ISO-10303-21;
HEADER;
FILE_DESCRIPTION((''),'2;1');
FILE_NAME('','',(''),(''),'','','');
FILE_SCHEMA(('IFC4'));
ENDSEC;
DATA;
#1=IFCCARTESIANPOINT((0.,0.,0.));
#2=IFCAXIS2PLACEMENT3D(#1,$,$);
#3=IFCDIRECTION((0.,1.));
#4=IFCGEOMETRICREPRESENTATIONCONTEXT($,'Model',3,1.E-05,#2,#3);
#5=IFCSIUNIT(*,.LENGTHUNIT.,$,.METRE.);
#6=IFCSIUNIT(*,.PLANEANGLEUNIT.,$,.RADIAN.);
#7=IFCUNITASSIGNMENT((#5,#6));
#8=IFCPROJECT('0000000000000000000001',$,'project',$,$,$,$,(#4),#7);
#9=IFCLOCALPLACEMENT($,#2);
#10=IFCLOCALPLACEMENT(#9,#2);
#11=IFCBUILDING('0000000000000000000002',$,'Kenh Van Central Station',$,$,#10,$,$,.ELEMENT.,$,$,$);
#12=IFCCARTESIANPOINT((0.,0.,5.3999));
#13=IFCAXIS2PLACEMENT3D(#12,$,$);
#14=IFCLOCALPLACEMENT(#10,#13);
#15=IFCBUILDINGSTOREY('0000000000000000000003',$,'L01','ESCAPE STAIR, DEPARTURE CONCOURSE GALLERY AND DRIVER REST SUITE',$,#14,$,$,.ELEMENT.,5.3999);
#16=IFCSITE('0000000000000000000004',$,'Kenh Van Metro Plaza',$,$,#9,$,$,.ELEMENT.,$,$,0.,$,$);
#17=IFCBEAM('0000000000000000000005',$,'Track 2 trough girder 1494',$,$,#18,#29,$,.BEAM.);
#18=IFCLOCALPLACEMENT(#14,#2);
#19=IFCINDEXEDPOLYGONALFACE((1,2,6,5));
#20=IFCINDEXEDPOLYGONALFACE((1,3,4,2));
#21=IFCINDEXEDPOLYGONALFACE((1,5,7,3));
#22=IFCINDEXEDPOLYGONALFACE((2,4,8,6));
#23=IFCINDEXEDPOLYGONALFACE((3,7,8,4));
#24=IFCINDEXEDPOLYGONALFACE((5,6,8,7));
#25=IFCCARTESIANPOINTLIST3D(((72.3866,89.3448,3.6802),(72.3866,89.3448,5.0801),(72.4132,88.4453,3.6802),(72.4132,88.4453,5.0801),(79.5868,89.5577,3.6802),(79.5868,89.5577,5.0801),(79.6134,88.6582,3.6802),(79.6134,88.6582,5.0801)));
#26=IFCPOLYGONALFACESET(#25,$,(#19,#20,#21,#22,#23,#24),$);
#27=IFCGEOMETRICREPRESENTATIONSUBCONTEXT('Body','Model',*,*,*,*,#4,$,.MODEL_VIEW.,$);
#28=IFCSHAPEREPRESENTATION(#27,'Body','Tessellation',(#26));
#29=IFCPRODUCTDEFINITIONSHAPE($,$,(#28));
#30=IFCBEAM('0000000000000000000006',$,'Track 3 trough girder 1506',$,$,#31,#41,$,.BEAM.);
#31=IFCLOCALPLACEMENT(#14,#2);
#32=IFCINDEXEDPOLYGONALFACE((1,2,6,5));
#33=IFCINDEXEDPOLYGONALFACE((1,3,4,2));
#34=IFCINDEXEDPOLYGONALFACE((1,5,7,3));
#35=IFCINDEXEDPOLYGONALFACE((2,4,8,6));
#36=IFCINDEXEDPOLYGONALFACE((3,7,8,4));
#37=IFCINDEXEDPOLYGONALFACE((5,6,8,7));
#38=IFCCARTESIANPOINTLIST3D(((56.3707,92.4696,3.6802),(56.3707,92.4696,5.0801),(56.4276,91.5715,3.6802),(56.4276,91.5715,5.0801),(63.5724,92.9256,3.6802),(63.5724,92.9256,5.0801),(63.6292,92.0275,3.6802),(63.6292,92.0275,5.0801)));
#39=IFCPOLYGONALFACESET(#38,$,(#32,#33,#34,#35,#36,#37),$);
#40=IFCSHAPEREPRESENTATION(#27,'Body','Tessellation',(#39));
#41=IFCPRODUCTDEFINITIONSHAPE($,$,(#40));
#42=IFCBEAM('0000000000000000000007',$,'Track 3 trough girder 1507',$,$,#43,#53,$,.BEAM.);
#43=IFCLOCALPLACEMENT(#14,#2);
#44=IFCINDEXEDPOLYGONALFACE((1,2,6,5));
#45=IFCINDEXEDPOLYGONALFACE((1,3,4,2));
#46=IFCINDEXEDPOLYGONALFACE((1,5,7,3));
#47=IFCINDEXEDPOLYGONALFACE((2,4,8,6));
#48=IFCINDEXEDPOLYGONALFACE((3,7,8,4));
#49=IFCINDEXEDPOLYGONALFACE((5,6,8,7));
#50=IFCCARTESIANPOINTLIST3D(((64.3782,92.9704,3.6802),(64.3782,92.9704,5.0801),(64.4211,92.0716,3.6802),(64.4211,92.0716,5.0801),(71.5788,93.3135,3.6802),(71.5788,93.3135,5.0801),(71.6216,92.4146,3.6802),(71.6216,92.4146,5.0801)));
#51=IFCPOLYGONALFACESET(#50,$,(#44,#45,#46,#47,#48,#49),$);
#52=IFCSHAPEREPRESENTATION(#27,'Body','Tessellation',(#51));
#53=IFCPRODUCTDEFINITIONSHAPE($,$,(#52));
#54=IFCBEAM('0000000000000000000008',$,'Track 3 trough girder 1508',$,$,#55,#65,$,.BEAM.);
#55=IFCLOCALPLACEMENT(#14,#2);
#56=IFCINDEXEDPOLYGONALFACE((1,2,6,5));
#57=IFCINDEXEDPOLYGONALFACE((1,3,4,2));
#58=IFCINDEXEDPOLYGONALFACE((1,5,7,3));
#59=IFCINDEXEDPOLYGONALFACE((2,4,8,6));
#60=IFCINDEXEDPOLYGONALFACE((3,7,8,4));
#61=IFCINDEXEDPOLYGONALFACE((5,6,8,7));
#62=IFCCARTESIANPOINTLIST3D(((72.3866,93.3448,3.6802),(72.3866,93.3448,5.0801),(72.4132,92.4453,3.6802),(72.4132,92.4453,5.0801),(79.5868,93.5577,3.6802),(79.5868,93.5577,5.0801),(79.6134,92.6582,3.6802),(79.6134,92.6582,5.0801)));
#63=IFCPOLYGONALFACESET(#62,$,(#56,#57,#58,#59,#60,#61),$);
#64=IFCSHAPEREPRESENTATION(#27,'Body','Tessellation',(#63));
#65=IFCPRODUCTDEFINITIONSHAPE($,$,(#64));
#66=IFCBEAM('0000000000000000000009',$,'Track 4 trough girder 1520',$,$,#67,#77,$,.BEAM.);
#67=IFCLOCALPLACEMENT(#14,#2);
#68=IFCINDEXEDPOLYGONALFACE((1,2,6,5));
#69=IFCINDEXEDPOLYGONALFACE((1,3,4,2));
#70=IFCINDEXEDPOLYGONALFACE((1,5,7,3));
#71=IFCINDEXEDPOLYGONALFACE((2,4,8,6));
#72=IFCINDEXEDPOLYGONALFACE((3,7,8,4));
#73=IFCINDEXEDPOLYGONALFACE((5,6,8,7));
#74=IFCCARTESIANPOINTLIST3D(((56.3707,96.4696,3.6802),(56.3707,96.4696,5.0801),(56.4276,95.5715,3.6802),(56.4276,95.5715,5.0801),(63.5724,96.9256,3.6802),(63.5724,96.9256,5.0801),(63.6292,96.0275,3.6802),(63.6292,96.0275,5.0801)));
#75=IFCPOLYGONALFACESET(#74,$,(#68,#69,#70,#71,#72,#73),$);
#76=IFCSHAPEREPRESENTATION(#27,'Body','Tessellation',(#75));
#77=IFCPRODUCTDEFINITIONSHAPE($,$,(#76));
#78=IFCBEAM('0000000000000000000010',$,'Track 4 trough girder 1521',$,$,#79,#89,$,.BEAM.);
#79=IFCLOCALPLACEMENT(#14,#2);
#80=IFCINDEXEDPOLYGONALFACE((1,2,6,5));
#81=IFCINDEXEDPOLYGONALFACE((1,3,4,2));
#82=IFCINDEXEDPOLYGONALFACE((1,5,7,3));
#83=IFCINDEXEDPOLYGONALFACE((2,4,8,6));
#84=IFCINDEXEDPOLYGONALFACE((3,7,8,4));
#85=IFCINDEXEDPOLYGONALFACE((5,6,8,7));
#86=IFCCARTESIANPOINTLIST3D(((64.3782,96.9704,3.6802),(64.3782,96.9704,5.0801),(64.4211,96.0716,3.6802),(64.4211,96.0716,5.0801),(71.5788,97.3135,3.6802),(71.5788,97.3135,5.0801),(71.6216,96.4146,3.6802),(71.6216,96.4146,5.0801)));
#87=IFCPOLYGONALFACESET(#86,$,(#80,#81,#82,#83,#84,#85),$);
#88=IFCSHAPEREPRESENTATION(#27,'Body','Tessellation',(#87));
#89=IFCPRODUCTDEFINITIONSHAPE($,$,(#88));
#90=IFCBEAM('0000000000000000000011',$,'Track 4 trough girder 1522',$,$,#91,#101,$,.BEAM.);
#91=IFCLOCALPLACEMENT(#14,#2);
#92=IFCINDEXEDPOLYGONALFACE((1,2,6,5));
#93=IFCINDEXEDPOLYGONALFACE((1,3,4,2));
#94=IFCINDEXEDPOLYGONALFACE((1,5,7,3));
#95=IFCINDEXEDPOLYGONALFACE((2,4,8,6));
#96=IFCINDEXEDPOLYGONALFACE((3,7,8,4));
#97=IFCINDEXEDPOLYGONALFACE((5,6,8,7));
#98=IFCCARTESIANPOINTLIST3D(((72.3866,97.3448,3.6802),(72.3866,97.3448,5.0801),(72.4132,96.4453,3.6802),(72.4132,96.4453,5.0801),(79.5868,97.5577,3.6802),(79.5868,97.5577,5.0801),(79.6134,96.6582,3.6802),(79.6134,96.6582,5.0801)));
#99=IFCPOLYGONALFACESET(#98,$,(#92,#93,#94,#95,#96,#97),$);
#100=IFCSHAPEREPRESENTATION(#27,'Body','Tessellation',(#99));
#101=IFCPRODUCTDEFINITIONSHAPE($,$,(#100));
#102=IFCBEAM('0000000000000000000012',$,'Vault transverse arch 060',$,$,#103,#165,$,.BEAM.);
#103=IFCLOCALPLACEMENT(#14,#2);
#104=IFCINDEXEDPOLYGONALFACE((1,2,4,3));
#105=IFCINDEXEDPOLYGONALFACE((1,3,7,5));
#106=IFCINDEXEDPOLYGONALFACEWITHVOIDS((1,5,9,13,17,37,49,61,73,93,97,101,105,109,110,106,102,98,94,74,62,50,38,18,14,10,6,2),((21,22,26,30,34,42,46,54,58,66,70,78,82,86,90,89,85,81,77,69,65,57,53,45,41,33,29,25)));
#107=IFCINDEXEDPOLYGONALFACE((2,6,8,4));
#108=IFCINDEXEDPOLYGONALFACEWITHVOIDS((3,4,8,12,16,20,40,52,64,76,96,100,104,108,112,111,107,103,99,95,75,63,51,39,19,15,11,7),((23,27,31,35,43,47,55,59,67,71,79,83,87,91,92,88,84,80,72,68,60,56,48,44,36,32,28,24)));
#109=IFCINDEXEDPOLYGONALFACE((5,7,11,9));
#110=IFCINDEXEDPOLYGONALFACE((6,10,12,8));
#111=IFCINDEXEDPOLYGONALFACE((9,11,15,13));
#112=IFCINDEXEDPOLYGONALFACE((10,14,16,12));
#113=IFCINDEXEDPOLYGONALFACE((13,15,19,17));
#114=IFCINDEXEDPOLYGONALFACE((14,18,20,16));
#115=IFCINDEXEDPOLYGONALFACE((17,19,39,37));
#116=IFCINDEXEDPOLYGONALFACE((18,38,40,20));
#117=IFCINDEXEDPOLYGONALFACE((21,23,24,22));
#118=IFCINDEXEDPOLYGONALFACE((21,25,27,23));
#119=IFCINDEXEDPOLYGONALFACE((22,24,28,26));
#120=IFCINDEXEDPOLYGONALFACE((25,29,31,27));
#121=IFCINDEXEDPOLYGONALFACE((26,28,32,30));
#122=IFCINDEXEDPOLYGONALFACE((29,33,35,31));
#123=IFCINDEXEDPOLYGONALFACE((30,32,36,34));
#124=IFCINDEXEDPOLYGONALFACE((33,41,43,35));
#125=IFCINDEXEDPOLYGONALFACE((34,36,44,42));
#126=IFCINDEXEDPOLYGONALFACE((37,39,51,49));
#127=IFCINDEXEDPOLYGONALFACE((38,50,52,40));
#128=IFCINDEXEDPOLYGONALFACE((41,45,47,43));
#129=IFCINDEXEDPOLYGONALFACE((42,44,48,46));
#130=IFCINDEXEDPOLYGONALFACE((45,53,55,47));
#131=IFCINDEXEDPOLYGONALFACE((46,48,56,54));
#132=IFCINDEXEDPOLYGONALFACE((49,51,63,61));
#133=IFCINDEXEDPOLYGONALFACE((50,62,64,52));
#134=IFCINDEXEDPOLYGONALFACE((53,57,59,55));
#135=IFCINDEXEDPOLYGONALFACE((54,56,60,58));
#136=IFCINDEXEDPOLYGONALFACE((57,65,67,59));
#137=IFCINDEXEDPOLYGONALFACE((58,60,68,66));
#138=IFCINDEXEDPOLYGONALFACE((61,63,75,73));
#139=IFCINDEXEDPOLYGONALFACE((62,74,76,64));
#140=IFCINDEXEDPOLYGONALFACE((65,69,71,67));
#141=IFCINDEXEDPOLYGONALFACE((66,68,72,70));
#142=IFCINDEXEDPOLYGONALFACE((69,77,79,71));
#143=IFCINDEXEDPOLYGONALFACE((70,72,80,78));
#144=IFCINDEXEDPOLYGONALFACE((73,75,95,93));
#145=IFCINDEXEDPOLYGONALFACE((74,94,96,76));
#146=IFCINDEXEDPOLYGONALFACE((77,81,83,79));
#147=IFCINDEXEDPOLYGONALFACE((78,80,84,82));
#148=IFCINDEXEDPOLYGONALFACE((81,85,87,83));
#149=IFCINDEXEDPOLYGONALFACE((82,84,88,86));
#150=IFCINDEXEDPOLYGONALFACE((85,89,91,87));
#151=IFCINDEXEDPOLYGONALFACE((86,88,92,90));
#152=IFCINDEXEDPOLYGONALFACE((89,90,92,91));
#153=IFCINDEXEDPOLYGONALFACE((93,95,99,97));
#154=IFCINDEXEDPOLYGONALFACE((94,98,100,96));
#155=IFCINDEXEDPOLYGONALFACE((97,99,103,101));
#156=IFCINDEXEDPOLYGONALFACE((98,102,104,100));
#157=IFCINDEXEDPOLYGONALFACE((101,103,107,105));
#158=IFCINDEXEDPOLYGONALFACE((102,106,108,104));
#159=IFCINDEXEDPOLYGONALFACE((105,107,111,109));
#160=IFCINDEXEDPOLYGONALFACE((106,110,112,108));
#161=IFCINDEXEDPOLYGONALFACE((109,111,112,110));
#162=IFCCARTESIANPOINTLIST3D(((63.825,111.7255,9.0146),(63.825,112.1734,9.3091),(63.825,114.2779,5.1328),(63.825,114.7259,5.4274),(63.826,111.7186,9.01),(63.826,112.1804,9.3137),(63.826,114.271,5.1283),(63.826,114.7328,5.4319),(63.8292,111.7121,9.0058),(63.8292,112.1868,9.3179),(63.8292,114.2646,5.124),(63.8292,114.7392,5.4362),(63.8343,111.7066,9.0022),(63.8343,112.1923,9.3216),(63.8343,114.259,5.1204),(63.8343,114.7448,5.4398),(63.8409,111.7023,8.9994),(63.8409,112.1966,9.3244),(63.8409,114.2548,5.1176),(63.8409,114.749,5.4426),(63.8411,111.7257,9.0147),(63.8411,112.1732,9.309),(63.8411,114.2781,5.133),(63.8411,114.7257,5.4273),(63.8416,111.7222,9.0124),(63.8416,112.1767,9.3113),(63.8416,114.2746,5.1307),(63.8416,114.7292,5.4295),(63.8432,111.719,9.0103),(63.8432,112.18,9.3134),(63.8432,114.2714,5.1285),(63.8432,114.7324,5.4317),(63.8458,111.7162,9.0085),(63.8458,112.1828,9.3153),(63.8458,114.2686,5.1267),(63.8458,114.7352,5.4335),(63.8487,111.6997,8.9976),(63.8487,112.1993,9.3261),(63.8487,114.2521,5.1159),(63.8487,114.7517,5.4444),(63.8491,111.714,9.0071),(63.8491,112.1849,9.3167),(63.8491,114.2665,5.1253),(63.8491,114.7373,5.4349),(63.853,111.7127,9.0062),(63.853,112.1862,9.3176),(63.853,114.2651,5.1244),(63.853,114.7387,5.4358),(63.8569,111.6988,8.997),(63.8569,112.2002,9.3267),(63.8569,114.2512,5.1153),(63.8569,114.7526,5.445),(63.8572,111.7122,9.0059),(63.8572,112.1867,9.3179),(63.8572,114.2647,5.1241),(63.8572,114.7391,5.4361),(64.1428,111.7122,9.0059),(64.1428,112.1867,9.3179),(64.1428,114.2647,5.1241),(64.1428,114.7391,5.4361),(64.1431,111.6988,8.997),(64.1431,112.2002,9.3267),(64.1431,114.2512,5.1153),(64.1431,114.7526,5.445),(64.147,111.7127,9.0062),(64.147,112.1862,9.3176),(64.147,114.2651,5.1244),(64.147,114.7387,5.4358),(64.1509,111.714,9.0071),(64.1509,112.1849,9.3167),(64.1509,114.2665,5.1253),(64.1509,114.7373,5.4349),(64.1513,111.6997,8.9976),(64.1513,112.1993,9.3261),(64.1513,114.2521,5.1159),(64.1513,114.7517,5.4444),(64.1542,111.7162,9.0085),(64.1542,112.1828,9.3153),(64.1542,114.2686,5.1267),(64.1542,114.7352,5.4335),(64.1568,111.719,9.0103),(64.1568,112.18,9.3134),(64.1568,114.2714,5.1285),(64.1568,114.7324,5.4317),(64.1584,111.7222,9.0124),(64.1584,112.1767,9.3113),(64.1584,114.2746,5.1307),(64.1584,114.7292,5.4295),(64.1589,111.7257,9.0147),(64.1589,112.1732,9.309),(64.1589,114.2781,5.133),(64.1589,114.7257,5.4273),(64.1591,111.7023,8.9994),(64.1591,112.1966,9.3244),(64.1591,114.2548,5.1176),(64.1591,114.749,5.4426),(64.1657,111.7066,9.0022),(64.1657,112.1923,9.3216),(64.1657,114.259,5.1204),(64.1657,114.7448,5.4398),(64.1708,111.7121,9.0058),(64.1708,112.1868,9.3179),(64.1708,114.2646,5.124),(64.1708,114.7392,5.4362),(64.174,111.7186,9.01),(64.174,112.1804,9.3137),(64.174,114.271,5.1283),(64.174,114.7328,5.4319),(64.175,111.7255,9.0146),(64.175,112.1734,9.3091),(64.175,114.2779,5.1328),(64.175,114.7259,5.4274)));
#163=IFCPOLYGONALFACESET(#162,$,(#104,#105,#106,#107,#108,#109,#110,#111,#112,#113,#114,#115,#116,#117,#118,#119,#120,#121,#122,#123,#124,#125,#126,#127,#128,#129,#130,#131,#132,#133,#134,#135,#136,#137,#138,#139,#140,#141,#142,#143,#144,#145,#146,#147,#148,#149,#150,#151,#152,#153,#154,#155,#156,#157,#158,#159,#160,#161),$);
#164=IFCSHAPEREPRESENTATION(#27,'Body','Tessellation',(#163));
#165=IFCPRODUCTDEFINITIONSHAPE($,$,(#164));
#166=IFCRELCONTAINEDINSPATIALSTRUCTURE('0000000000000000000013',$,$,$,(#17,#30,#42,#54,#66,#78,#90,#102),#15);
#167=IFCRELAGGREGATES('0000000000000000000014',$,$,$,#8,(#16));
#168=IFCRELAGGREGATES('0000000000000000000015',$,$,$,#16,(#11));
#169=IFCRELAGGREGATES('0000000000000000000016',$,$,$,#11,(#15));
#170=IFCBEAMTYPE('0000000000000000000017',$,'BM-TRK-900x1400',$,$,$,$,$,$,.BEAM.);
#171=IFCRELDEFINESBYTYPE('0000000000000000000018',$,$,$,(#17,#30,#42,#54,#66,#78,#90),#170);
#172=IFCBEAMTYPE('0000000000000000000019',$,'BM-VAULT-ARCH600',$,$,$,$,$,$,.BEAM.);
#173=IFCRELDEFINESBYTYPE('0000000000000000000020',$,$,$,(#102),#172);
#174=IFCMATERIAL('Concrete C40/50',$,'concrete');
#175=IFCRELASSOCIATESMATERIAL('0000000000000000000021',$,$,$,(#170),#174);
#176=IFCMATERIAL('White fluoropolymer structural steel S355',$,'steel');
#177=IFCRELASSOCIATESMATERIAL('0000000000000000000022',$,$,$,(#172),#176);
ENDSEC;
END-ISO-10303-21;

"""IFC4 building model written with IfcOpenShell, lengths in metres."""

from ifc_helpers import new_model, si_unit, direction, frame, origin, origin_2d, place, context, subcontext, project, spatial, rectangle, hollow_rectangle, extrude, material, material_profile, profile_set, type_object, element, save


model = new_model("IFC4")

# Units and contexts
model_context = context("Model", 3, precision=1e-05, world=origin(), true_north=direction((0.0, 1.0)))
body_context = subcontext(model_context, "Body", "Model", "MODEL_VIEW")
ifc_project = project(units=[si_unit("LENGTHUNIT", "METRE"), si_unit("PLANEANGLEUNIT", "RADIAN")], contexts=[model_context])

# Site, building, storey
site_placement = place(None, origin())
site = spatial("IfcSite", under=ifc_project, at=site_placement, Name="Kenh Van Metro Plaza", CompositionType="ELEMENT", RefElevation=0.0)
building_placement = place(site_placement, origin())
building = spatial("IfcBuilding", under=site, at=building_placement, Name="Kenh Van Central Station", CompositionType="ELEMENT")
storey_placement = place(building_placement, frame((0.0, 0.0, 5.3999)))
storey = spatial("IfcBuildingStorey", under=building, at=storey_placement, Name="L01", Description="ESCAPE STAIR, DEPARTURE CONCOURSE GALLERY AND DRIVER REST SUITE", CompositionType="ELEMENT", Elevation=5.3999)

# Shared definitions
ifc_material_1 = material(Name="Concrete C40/50", Category="concrete")

# Beams
ifc_material_profile_1 = material_profile(ifc_material_1, rectangle(XDim=0.8999, YDim=1.3999, at=origin_2d()), Name="RC 900x1400")
ifc_profile_set_1 = profile_set([ifc_material_profile_1], Name="Concrete C40/50")
beam_type_1 = type_object("IfcBeamType", Name="BM-TRK-900x1400", PredefinedType="BEAM", material=ifc_profile_set_1)
beam_1_placement = place(storey_placement, frame((72.3999, 88.895, 4.3801), z_axis=(0.999563, 0.029554, 0.0), x_axis=(-0.029554, 0.999563, 0.0)))
element("IfcBeam", 1, at=beam_1_placement, inside=storey, type_object=beam_type_1, Name="Track 2 trough girder 1494", PredefinedType="BEAM", context=body_context, shape_type="SweptSolid", body=[
    extrude(rectangle(XDim=0.8999, YDim=1.3999, at=origin_2d()), origin(), (0.0, 0.0, 1.0), 7.2034),
])
beam_2_placement = place(storey_placement, frame((56.3992, 92.0205, 4.3801), z_axis=(0.998001, 0.0632, 0.0), x_axis=(-0.0632, 0.998001, 0.0)))
element("IfcBeam", 2, at=beam_2_placement, inside=storey, type_object=beam_type_1, Name="Track 3 trough girder 1506", PredefinedType="BEAM", context=body_context, shape_type="SweptSolid", body=[
    extrude(rectangle(XDim=0.8999, YDim=1.3999, at=origin_2d()), origin(), (0.0, 0.0, 1.0), 7.2161),
])
beam_3_placement = place(storey_placement, frame((64.3997, 92.521, 4.3801), z_axis=(0.998867, 0.047583, 0.0), x_axis=(-0.047583, 0.998867, 0.0)))
element("IfcBeam", 3, at=beam_3_placement, inside=storey, type_object=beam_type_1, Name="Track 3 trough girder 1507", PredefinedType="BEAM", context=body_context, shape_type="SweptSolid", body=[
    extrude(rectangle(XDim=0.8999, YDim=1.3999, at=origin_2d()), origin(), (0.0, 0.0, 1.0), 7.2087),
])
beam_4_placement = place(storey_placement, frame((72.3999, 92.895, 4.3801), z_axis=(0.999563, 0.029554, 0.0), x_axis=(-0.029554, 0.999563, 0.0)))
element("IfcBeam", 4, at=beam_4_placement, inside=storey, type_object=beam_type_1, Name="Track 3 trough girder 1508", PredefinedType="BEAM", context=body_context, shape_type="SweptSolid", body=[
    extrude(rectangle(XDim=0.8999, YDim=1.3999, at=origin_2d()), origin(), (0.0, 0.0, 1.0), 7.2034),
])
beam_5_placement = place(storey_placement, frame((56.3992, 96.0205, 4.3801), z_axis=(0.998001, 0.0632, 0.0), x_axis=(-0.0632, 0.998001, 0.0)))
element("IfcBeam", 5, at=beam_5_placement, inside=storey, type_object=beam_type_1, Name="Track 4 trough girder 1520", PredefinedType="BEAM", context=body_context, shape_type="SweptSolid", body=[
    extrude(rectangle(XDim=0.8999, YDim=1.3999, at=origin_2d()), origin(), (0.0, 0.0, 1.0), 7.2161),
])
beam_6_placement = place(storey_placement, frame((64.3997, 96.521, 4.3801), z_axis=(0.998867, 0.047583, 0.0), x_axis=(-0.047583, 0.998867, 0.0)))
element("IfcBeam", 6, at=beam_6_placement, inside=storey, type_object=beam_type_1, Name="Track 4 trough girder 1521", PredefinedType="BEAM", context=body_context, shape_type="SweptSolid", body=[
    extrude(rectangle(XDim=0.8999, YDim=1.3999, at=origin_2d()), origin(), (0.0, 0.0, 1.0), 7.2087),
])
beam_7_placement = place(storey_placement, frame((72.3999, 96.895, 4.3801), z_axis=(0.999563, 0.029554, 0.0), x_axis=(-0.029554, 0.999563, 0.0)))
element("IfcBeam", 7, at=beam_7_placement, inside=storey, type_object=beam_type_1, Name="Track 4 trough girder 1522", PredefinedType="BEAM", context=body_context, shape_type="SweptSolid", body=[
    extrude(rectangle(XDim=0.8999, YDim=1.3999, at=origin_2d()), origin(), (0.0, 0.0, 1.0), 7.2034),
])
ifc_material_2 = material(Name="White fluoropolymer structural steel S355", Category="steel")
ifc_material_profile_2 = material_profile(ifc_material_2, hollow_rectangle(XDim=0.3501, YDim=0.6001, WallThickness=0.0161, InnerFilletRadius=0.0161, OuterFilletRadius=0.032, at=origin_2d()), Name="RHS 600x350x16")
ifc_profile_set_2 = profile_set([ifc_material_profile_2], Name="White fluoropolymer structural steel S355")
beam_type_2 = type_object("IfcBeamType", Name="BM-VAULT-ARCH600", PredefinedType="BEAM", material=ifc_profile_set_2)
beam_8_placement = place(storey_placement, frame((64.0, 111.9495, 9.1619), z_axis=(0.0, 0.549414, -0.83555), x_axis=(-1.0, 0.0, 0.0)))
element("IfcBeam", 8, at=beam_8_placement, inside=storey, type_object=beam_type_2, Name="Vault transverse arch 060", PredefinedType="BEAM", context=body_context, shape_type="SweptSolid", body=[
    extrude(hollow_rectangle(XDim=0.3501, YDim=0.6001, WallThickness=0.0161, InnerFilletRadius=0.0161, OuterFilletRadius=0.032, at=origin_2d()), origin(), (0.0, 0.0, 1.0), 4.6458),
])

save(model, "model.ifc")
